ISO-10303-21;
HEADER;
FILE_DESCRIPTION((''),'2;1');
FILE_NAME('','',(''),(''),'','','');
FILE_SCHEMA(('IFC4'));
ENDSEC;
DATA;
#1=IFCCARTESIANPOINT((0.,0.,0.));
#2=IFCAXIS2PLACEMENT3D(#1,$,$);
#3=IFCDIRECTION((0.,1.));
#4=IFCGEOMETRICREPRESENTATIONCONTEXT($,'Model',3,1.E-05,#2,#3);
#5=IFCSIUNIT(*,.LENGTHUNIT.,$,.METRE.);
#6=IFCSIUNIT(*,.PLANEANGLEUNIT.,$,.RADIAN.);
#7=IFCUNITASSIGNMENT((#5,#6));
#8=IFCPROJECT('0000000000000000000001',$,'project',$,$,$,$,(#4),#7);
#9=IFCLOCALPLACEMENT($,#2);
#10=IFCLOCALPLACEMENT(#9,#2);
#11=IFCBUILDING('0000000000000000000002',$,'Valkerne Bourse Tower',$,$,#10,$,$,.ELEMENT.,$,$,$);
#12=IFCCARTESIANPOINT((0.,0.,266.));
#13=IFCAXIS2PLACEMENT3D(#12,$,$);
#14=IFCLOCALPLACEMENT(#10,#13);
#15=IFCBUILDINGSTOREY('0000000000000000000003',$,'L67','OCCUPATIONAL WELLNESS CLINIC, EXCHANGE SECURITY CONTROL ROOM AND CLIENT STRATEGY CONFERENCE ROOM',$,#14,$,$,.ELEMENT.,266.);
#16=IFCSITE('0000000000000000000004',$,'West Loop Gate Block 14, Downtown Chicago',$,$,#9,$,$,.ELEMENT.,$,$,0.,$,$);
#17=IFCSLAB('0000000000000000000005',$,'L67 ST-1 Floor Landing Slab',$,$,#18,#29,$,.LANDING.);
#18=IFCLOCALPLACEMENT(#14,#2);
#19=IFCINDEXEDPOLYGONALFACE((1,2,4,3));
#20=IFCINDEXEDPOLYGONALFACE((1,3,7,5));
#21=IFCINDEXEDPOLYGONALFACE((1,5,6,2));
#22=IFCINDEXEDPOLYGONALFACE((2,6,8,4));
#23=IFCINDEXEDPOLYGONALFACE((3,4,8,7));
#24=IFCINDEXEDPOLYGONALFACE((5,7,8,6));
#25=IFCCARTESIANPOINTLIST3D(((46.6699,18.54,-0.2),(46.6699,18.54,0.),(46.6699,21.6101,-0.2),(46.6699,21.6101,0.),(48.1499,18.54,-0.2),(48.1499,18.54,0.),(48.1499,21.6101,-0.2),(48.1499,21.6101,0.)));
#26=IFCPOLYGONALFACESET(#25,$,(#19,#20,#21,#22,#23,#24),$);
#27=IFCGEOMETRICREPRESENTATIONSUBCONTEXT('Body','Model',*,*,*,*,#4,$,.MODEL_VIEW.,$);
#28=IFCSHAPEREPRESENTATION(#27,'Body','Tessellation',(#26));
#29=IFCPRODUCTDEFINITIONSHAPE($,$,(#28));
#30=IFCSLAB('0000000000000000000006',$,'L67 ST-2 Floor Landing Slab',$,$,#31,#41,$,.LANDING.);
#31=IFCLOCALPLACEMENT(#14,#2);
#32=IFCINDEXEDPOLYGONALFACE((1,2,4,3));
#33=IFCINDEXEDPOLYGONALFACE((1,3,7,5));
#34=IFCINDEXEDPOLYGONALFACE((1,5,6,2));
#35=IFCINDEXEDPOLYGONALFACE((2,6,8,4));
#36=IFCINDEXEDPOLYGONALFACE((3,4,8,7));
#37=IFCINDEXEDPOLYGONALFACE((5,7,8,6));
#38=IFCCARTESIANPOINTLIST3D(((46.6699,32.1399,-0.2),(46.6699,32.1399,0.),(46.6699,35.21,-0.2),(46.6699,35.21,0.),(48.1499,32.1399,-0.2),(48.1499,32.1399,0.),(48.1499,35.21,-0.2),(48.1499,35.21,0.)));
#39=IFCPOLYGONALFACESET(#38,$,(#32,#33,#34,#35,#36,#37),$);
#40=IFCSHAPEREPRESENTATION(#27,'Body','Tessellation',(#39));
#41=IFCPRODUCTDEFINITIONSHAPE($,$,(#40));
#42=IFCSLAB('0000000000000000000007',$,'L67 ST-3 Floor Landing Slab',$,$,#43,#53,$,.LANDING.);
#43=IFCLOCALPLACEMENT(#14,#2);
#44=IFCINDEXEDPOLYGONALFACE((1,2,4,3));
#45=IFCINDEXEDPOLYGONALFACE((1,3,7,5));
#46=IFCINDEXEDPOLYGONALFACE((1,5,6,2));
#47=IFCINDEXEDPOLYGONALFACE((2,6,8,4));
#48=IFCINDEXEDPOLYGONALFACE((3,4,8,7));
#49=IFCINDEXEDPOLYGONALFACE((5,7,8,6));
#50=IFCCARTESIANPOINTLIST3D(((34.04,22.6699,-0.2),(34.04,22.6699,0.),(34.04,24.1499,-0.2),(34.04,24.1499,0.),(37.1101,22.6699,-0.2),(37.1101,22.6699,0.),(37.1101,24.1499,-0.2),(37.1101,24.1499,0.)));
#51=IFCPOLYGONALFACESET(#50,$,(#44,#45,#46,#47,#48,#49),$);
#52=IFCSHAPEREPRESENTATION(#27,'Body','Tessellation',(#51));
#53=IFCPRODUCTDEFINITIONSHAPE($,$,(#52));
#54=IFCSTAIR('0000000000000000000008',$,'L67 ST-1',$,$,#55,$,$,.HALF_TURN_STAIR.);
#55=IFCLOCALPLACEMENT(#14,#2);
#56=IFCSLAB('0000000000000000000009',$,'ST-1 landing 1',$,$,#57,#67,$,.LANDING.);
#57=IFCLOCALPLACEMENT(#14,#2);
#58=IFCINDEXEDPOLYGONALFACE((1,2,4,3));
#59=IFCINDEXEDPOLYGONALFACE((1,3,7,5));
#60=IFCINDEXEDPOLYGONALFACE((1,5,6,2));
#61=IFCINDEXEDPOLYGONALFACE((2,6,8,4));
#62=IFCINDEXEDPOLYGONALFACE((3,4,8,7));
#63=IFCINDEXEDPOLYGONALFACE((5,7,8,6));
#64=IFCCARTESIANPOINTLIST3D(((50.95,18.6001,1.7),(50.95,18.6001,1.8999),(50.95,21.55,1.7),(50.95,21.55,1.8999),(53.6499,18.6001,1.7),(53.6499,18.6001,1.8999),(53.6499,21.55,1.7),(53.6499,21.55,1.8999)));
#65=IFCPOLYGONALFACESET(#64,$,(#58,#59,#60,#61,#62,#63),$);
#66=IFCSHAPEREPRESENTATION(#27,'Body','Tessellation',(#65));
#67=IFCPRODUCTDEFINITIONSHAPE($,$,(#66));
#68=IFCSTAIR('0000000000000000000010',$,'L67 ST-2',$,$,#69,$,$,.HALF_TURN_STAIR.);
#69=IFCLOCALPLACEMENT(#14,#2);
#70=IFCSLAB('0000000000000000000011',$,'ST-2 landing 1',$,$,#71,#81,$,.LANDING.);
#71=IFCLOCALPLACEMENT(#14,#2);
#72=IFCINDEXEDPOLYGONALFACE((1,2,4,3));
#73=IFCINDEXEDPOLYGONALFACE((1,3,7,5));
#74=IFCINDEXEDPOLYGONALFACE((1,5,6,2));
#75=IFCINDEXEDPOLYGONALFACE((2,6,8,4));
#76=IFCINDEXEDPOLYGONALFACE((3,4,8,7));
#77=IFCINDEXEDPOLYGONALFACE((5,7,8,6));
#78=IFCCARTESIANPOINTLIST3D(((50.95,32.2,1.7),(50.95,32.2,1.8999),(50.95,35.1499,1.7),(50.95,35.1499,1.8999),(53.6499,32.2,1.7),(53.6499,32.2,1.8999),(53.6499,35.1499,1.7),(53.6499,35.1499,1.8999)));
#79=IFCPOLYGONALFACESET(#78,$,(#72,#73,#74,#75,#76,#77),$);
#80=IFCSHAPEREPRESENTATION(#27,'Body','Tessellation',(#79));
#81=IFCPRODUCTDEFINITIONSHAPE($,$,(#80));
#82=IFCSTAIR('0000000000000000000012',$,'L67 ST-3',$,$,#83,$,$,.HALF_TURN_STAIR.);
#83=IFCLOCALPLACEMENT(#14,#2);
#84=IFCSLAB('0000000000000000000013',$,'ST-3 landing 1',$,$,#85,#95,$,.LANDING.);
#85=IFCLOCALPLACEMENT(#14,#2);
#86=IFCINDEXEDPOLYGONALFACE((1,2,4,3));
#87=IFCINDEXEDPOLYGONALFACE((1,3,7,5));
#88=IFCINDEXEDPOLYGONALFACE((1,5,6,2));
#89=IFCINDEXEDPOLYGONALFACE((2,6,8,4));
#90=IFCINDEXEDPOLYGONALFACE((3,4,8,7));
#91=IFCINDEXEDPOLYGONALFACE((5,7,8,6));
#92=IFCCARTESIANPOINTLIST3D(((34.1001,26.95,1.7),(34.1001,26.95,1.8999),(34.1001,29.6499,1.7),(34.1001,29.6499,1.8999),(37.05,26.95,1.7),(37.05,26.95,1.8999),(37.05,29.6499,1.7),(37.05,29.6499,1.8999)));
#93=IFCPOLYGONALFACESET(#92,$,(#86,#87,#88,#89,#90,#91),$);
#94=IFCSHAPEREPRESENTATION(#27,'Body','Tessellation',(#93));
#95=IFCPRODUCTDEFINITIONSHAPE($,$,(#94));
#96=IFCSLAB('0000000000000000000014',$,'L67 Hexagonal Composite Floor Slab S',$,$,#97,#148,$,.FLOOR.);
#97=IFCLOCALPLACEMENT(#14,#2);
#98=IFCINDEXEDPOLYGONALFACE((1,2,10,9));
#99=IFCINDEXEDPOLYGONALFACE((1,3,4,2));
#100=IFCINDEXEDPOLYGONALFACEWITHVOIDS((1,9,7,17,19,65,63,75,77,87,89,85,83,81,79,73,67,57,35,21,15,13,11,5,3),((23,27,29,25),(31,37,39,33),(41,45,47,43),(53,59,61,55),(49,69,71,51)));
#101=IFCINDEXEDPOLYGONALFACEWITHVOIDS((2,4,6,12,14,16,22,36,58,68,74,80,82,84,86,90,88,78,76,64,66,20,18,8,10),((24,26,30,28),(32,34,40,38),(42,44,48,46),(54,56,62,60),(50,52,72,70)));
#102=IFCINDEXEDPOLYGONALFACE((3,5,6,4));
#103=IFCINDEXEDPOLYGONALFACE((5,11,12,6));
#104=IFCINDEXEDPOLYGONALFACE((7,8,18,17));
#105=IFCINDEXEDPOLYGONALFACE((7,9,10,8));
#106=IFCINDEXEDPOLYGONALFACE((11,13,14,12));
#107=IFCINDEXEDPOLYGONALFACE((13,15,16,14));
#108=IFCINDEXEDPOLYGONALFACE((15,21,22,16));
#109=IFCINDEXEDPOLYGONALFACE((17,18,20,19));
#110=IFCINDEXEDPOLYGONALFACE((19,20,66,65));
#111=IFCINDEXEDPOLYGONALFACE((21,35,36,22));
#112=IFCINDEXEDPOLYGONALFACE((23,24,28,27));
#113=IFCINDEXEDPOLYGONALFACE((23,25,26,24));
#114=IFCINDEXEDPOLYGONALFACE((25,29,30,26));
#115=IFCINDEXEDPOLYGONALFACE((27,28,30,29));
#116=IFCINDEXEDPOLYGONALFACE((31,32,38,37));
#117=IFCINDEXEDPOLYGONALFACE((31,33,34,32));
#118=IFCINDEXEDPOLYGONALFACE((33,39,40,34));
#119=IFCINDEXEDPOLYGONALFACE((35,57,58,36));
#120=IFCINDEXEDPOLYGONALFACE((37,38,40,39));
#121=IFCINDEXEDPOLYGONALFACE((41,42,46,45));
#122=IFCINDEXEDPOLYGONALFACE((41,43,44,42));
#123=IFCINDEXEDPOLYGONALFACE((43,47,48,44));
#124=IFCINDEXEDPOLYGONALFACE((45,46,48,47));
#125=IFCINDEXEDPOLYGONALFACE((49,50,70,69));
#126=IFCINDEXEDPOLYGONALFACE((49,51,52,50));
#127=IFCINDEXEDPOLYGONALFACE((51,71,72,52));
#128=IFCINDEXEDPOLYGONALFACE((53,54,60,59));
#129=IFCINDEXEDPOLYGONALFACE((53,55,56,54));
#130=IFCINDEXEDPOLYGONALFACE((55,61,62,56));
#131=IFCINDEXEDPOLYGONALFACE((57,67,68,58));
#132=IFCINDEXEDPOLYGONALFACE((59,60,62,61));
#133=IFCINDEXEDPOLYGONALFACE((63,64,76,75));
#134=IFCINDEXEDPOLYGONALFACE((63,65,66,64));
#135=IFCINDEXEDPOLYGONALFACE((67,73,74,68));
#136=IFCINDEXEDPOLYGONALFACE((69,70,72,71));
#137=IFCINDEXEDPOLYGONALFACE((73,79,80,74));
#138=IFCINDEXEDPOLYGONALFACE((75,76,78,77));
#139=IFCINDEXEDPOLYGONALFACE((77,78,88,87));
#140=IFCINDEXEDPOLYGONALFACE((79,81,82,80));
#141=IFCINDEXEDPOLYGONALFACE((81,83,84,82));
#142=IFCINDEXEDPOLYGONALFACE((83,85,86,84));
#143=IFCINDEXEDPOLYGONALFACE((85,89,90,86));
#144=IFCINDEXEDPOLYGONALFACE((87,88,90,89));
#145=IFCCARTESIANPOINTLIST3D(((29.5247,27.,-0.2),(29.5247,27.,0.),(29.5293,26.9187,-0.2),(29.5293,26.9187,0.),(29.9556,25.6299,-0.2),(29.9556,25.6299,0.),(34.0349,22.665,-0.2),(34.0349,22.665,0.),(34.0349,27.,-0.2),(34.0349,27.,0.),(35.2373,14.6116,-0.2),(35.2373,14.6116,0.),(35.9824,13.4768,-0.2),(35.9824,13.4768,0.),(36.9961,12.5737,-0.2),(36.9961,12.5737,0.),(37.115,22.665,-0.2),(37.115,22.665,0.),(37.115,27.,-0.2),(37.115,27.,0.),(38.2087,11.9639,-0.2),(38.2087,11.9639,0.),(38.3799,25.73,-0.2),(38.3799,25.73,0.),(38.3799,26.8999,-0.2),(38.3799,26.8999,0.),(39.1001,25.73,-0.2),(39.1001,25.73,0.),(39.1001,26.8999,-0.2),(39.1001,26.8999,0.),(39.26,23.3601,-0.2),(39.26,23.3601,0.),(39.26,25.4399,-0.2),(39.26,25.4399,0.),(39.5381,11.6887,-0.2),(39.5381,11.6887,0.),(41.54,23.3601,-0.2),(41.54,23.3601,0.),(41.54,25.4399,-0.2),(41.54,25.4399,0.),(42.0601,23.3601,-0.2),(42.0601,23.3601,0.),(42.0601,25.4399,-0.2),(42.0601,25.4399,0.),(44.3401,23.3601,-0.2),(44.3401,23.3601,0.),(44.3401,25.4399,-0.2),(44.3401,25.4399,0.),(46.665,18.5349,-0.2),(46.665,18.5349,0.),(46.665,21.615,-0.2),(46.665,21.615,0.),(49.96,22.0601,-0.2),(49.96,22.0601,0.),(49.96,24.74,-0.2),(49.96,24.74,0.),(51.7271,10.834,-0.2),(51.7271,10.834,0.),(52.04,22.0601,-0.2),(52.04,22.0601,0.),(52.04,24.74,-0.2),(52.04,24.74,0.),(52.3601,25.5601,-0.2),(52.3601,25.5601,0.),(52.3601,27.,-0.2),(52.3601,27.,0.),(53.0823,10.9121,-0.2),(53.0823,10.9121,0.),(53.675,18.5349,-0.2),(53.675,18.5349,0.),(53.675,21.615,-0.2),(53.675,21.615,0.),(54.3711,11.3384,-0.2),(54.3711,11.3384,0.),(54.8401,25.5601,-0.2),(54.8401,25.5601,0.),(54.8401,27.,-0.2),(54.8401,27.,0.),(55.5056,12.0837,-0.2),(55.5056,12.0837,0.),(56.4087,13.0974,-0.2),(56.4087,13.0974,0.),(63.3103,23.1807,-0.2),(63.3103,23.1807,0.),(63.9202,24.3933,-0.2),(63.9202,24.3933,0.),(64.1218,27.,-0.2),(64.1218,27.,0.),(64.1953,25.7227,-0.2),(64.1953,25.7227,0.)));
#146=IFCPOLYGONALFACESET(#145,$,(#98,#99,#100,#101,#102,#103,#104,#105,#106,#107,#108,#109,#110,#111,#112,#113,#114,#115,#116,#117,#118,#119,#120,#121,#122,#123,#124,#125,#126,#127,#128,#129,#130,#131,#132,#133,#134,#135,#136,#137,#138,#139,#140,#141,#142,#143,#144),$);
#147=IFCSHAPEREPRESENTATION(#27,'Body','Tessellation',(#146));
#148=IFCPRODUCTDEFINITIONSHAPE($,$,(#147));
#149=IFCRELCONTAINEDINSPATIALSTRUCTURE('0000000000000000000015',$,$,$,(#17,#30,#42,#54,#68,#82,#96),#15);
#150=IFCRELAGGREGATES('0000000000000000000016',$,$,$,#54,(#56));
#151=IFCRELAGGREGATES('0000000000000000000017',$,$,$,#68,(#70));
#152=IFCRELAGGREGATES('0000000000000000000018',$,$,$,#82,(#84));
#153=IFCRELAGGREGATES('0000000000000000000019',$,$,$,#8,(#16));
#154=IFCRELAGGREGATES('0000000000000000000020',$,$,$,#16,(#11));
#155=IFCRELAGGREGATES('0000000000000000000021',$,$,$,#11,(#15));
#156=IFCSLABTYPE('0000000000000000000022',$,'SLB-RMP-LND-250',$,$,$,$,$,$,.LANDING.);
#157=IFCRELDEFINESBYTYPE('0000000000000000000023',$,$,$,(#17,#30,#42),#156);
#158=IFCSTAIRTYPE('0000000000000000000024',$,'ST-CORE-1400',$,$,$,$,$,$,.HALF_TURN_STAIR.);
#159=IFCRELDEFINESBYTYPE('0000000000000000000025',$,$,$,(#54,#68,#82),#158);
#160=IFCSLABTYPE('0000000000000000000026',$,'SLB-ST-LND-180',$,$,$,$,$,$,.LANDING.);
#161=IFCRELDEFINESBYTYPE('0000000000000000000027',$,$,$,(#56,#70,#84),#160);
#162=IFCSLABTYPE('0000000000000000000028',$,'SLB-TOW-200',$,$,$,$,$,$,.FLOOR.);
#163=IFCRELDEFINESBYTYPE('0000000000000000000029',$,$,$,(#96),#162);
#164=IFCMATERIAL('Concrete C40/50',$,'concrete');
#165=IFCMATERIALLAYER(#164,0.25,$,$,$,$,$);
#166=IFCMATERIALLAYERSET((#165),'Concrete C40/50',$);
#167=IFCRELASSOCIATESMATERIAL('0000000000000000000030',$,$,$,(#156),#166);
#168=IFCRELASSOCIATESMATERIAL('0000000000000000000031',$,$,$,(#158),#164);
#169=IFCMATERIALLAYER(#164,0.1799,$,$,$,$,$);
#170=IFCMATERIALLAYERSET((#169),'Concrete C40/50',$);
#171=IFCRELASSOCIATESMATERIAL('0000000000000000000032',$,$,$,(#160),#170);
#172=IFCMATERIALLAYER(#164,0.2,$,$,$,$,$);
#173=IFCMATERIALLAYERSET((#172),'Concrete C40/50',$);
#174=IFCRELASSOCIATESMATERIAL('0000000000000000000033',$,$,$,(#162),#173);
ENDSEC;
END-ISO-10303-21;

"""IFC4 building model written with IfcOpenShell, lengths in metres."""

from ifc_helpers import new_model, si_unit, direction, frame, origin, place, context, subcontext, project, spatial, polyline, outline, extrude, material, layer, layer_set, type_object, element, aggregate, save


model = new_model("IFC4")

# Units and contexts
model_context = context("Model", 3, precision=1e-05, world=origin(), true_north=direction((0.0, 1.0)))
body_context = subcontext(model_context, "Body", "Model", "MODEL_VIEW")
ifc_project = project(units=[si_unit("LENGTHUNIT", "METRE"), si_unit("PLANEANGLEUNIT", "RADIAN")], contexts=[model_context])

# Site, building, storey
site_placement = place(None, origin())
site = spatial("IfcSite", under=ifc_project, at=site_placement, Name="West Loop Gate Block 14, Downtown Chicago", CompositionType="ELEMENT", RefElevation=0.0)
building_placement = place(site_placement, origin())
building = spatial("IfcBuilding", under=site, at=building_placement, Name="Valkerne Bourse Tower", CompositionType="ELEMENT")
storey_placement = place(building_placement, frame((0.0, 0.0, 266.0)))
storey = spatial("IfcBuildingStorey", under=building, at=storey_placement, Name="L67", Description="OCCUPATIONAL WELLNESS CLINIC, EXCHANGE SECURITY CONTROL ROOM AND CLIENT STRATEGY CONFERENCE ROOM", CompositionType="ELEMENT", Elevation=266.0)

# Slabs
ifc_material_1 = material(Name="Concrete C40/50", Category="concrete")
ifc_layer_1 = layer(ifc_material_1, 0.25)
ifc_layer_set_1 = layer_set([ifc_layer_1], Name="Concrete C40/50")
slab_type_1 = type_object("IfcSlabType", Name="SLB-RMP-LND-250", PredefinedType="LANDING", material=ifc_layer_set_1)
slab_1_placement = place(storey_placement, frame((0.0, 0.0, -0.2)))
element("IfcSlab", 1, at=slab_1_placement, inside=storey, type_object=slab_type_1, Name="L67 ST-1 Floor Landing Slab", PredefinedType="LANDING", context=body_context, shape_type="SweptSolid", body=[
    extrude(outline(polyline([(46.6699, 18.54), (48.1499, 18.54), (48.1499, 21.6101), (46.6699, 21.6101), (46.6699, 18.54)])), origin(), (0.0, 0.0, 1.0), 0.2),
])
slab_2_placement = place(storey_placement, frame((0.0, 0.0, -0.2)))
element("IfcSlab", 2, at=slab_2_placement, inside=storey, type_object=slab_type_1, Name="L67 ST-2 Floor Landing Slab", PredefinedType="LANDING", context=body_context, shape_type="SweptSolid", body=[
    extrude(outline(polyline([(46.6699, 32.1399), (48.1499, 32.1399), (48.1499, 35.21), (46.6699, 35.21), (46.6699, 32.1399)])), origin(), (0.0, 0.0, 1.0), 0.2),
])
slab_3_placement = place(storey_placement, frame((0.0, 0.0, -0.2)))
element("IfcSlab", 3, at=slab_3_placement, inside=storey, type_object=slab_type_1, Name="L67 ST-3 Floor Landing Slab", PredefinedType="LANDING", context=body_context, shape_type="SweptSolid", body=[
    extrude(outline(polyline([(37.1101, 22.6699), (37.1101, 24.1499), (34.04, 24.1499), (34.04, 22.6699), (37.1101, 22.6699)])), origin(), (0.0, 0.0, 1.0), 0.2),
])

# Stairs, slabs
stair_type = type_object("IfcStairType", Name="ST-CORE-1400", PredefinedType="HALF_TURN_STAIR", material=ifc_material_1)
stair_1_placement = place(storey_placement, origin())
stair_1 = element("IfcStair", 4, at=stair_1_placement, inside=storey, type_object=stair_type, Name="L67 ST-1", PredefinedType="HALF_TURN_STAIR")
ifc_layer_2 = layer(ifc_material_1, 0.1799)
ifc_layer_set_2 = layer_set([ifc_layer_2], Name="Concrete C40/50")
slab_type_2 = type_object("IfcSlabType", Name="SLB-ST-LND-180", PredefinedType="LANDING", material=ifc_layer_set_2)
slab_4_placement = place(storey_placement, frame((0.0, 0.0, 1.7)))
slab_4 = element("IfcSlab", 5, at=slab_4_placement, type_object=slab_type_2, Name="ST-1 landing 1", PredefinedType="LANDING", context=body_context, shape_type="SweptSolid", body=[
    extrude(outline(polyline([(50.95, 18.6001), (53.6499, 18.6001), (53.6499, 21.55), (50.95, 21.55), (50.95, 18.6001)])), origin(), (0.0, 0.0, 1.0), 0.2),
])
aggregate(stair_1, [slab_4])
stair_2_placement = place(storey_placement, origin())
stair_2 = element("IfcStair", 6, at=stair_2_placement, inside=storey, type_object=stair_type, Name="L67 ST-2", PredefinedType="HALF_TURN_STAIR")
slab_5_placement = place(storey_placement, frame((0.0, 0.0, 1.7)))
slab_5 = element("IfcSlab", 7, at=slab_5_placement, type_object=slab_type_2, Name="ST-2 landing 1", PredefinedType="LANDING", context=body_context, shape_type="SweptSolid", body=[
    extrude(outline(polyline([(50.95, 32.2), (53.6499, 32.2), (53.6499, 35.1499), (50.95, 35.1499), (50.95, 32.2)])), origin(), (0.0, 0.0, 1.0), 0.2),
])
aggregate(stair_2, [slab_5])
stair_3_placement = place(storey_placement, origin())
stair_3 = element("IfcStair", 8, at=stair_3_placement, inside=storey, type_object=stair_type, Name="L67 ST-3", PredefinedType="HALF_TURN_STAIR")
slab_6_placement = place(storey_placement, frame((0.0, 0.0, 1.7)))
slab_6 = element("IfcSlab", 9, at=slab_6_placement, type_object=slab_type_2, Name="ST-3 landing 1", PredefinedType="LANDING", context=body_context, shape_type="SweptSolid", body=[
    extrude(outline(polyline([(37.05, 26.95), (37.05, 29.6499), (34.1001, 29.6499), (34.1001, 26.95), (37.05, 26.95)])), origin(), (0.0, 0.0, 1.0), 0.2),
])
aggregate(stair_3, [slab_6])

# Slab
ifc_layer_3 = layer(ifc_material_1, 0.2)
ifc_layer_set_3 = layer_set([ifc_layer_3], Name="Concrete C40/50")
slab_type_3 = type_object("IfcSlabType", Name="SLB-TOW-200", PredefinedType="FLOOR", material=ifc_layer_set_3)
slab_7_placement = place(storey_placement, frame((0.0, 0.0, -0.2)))
element("IfcSlab", 10, at=slab_7_placement, inside=storey, type_object=slab_type_3, Name="L67 Hexagonal Composite Floor Slab S", PredefinedType="FLOOR", context=body_context, shape_type="SweptSolid", body=[
    extrude(outline(polyline([(64.1953, 25.7227), (63.9202, 24.3933), (63.3103, 23.1807), (56.4087, 13.0974), (55.5056, 12.0837), (54.3711, 11.3384), (53.0823, 10.9121), (51.7271, 10.834), (39.5381, 11.6887), (38.2087, 11.9639), (36.9961, 12.5737), (35.9824, 13.4768), (35.2373, 14.6116), (29.9556, 25.6299), (29.5293, 26.9187), (29.5247, 27.0), (34.0349, 27.0), (34.0349, 22.665), (37.115, 22.665), (37.115, 27.0), (52.3601, 27.0), (52.3601, 25.5601), (54.8401, 25.5601), (54.8401, 27.0), (64.1218, 27.0), (64.1953, 25.7227)]), holes=[polyline([(39.26, 25.4399), (39.26, 23.3601), (41.54, 23.3601), (41.54, 25.4399), (39.26, 25.4399)]), polyline([(44.3401, 25.4399), (42.0601, 25.4399), (42.0601, 23.3601), (44.3401, 23.3601), (44.3401, 25.4399)]), polyline([(38.3799, 26.8999), (38.3799, 25.73), (39.1001, 25.73), (39.1001, 26.8999), (38.3799, 26.8999)]), polyline([(46.665, 21.615), (46.665, 18.5349), (53.675, 18.5349), (53.675, 21.615), (46.665, 21.615)]), polyline([(52.04, 24.74), (49.96, 24.74), (49.96, 22.0601), (52.04, 22.0601), (52.04, 24.74)])]), origin(), (0.0, 0.0, 1.0), 0.2),
])

save(model, "model.ifc")
